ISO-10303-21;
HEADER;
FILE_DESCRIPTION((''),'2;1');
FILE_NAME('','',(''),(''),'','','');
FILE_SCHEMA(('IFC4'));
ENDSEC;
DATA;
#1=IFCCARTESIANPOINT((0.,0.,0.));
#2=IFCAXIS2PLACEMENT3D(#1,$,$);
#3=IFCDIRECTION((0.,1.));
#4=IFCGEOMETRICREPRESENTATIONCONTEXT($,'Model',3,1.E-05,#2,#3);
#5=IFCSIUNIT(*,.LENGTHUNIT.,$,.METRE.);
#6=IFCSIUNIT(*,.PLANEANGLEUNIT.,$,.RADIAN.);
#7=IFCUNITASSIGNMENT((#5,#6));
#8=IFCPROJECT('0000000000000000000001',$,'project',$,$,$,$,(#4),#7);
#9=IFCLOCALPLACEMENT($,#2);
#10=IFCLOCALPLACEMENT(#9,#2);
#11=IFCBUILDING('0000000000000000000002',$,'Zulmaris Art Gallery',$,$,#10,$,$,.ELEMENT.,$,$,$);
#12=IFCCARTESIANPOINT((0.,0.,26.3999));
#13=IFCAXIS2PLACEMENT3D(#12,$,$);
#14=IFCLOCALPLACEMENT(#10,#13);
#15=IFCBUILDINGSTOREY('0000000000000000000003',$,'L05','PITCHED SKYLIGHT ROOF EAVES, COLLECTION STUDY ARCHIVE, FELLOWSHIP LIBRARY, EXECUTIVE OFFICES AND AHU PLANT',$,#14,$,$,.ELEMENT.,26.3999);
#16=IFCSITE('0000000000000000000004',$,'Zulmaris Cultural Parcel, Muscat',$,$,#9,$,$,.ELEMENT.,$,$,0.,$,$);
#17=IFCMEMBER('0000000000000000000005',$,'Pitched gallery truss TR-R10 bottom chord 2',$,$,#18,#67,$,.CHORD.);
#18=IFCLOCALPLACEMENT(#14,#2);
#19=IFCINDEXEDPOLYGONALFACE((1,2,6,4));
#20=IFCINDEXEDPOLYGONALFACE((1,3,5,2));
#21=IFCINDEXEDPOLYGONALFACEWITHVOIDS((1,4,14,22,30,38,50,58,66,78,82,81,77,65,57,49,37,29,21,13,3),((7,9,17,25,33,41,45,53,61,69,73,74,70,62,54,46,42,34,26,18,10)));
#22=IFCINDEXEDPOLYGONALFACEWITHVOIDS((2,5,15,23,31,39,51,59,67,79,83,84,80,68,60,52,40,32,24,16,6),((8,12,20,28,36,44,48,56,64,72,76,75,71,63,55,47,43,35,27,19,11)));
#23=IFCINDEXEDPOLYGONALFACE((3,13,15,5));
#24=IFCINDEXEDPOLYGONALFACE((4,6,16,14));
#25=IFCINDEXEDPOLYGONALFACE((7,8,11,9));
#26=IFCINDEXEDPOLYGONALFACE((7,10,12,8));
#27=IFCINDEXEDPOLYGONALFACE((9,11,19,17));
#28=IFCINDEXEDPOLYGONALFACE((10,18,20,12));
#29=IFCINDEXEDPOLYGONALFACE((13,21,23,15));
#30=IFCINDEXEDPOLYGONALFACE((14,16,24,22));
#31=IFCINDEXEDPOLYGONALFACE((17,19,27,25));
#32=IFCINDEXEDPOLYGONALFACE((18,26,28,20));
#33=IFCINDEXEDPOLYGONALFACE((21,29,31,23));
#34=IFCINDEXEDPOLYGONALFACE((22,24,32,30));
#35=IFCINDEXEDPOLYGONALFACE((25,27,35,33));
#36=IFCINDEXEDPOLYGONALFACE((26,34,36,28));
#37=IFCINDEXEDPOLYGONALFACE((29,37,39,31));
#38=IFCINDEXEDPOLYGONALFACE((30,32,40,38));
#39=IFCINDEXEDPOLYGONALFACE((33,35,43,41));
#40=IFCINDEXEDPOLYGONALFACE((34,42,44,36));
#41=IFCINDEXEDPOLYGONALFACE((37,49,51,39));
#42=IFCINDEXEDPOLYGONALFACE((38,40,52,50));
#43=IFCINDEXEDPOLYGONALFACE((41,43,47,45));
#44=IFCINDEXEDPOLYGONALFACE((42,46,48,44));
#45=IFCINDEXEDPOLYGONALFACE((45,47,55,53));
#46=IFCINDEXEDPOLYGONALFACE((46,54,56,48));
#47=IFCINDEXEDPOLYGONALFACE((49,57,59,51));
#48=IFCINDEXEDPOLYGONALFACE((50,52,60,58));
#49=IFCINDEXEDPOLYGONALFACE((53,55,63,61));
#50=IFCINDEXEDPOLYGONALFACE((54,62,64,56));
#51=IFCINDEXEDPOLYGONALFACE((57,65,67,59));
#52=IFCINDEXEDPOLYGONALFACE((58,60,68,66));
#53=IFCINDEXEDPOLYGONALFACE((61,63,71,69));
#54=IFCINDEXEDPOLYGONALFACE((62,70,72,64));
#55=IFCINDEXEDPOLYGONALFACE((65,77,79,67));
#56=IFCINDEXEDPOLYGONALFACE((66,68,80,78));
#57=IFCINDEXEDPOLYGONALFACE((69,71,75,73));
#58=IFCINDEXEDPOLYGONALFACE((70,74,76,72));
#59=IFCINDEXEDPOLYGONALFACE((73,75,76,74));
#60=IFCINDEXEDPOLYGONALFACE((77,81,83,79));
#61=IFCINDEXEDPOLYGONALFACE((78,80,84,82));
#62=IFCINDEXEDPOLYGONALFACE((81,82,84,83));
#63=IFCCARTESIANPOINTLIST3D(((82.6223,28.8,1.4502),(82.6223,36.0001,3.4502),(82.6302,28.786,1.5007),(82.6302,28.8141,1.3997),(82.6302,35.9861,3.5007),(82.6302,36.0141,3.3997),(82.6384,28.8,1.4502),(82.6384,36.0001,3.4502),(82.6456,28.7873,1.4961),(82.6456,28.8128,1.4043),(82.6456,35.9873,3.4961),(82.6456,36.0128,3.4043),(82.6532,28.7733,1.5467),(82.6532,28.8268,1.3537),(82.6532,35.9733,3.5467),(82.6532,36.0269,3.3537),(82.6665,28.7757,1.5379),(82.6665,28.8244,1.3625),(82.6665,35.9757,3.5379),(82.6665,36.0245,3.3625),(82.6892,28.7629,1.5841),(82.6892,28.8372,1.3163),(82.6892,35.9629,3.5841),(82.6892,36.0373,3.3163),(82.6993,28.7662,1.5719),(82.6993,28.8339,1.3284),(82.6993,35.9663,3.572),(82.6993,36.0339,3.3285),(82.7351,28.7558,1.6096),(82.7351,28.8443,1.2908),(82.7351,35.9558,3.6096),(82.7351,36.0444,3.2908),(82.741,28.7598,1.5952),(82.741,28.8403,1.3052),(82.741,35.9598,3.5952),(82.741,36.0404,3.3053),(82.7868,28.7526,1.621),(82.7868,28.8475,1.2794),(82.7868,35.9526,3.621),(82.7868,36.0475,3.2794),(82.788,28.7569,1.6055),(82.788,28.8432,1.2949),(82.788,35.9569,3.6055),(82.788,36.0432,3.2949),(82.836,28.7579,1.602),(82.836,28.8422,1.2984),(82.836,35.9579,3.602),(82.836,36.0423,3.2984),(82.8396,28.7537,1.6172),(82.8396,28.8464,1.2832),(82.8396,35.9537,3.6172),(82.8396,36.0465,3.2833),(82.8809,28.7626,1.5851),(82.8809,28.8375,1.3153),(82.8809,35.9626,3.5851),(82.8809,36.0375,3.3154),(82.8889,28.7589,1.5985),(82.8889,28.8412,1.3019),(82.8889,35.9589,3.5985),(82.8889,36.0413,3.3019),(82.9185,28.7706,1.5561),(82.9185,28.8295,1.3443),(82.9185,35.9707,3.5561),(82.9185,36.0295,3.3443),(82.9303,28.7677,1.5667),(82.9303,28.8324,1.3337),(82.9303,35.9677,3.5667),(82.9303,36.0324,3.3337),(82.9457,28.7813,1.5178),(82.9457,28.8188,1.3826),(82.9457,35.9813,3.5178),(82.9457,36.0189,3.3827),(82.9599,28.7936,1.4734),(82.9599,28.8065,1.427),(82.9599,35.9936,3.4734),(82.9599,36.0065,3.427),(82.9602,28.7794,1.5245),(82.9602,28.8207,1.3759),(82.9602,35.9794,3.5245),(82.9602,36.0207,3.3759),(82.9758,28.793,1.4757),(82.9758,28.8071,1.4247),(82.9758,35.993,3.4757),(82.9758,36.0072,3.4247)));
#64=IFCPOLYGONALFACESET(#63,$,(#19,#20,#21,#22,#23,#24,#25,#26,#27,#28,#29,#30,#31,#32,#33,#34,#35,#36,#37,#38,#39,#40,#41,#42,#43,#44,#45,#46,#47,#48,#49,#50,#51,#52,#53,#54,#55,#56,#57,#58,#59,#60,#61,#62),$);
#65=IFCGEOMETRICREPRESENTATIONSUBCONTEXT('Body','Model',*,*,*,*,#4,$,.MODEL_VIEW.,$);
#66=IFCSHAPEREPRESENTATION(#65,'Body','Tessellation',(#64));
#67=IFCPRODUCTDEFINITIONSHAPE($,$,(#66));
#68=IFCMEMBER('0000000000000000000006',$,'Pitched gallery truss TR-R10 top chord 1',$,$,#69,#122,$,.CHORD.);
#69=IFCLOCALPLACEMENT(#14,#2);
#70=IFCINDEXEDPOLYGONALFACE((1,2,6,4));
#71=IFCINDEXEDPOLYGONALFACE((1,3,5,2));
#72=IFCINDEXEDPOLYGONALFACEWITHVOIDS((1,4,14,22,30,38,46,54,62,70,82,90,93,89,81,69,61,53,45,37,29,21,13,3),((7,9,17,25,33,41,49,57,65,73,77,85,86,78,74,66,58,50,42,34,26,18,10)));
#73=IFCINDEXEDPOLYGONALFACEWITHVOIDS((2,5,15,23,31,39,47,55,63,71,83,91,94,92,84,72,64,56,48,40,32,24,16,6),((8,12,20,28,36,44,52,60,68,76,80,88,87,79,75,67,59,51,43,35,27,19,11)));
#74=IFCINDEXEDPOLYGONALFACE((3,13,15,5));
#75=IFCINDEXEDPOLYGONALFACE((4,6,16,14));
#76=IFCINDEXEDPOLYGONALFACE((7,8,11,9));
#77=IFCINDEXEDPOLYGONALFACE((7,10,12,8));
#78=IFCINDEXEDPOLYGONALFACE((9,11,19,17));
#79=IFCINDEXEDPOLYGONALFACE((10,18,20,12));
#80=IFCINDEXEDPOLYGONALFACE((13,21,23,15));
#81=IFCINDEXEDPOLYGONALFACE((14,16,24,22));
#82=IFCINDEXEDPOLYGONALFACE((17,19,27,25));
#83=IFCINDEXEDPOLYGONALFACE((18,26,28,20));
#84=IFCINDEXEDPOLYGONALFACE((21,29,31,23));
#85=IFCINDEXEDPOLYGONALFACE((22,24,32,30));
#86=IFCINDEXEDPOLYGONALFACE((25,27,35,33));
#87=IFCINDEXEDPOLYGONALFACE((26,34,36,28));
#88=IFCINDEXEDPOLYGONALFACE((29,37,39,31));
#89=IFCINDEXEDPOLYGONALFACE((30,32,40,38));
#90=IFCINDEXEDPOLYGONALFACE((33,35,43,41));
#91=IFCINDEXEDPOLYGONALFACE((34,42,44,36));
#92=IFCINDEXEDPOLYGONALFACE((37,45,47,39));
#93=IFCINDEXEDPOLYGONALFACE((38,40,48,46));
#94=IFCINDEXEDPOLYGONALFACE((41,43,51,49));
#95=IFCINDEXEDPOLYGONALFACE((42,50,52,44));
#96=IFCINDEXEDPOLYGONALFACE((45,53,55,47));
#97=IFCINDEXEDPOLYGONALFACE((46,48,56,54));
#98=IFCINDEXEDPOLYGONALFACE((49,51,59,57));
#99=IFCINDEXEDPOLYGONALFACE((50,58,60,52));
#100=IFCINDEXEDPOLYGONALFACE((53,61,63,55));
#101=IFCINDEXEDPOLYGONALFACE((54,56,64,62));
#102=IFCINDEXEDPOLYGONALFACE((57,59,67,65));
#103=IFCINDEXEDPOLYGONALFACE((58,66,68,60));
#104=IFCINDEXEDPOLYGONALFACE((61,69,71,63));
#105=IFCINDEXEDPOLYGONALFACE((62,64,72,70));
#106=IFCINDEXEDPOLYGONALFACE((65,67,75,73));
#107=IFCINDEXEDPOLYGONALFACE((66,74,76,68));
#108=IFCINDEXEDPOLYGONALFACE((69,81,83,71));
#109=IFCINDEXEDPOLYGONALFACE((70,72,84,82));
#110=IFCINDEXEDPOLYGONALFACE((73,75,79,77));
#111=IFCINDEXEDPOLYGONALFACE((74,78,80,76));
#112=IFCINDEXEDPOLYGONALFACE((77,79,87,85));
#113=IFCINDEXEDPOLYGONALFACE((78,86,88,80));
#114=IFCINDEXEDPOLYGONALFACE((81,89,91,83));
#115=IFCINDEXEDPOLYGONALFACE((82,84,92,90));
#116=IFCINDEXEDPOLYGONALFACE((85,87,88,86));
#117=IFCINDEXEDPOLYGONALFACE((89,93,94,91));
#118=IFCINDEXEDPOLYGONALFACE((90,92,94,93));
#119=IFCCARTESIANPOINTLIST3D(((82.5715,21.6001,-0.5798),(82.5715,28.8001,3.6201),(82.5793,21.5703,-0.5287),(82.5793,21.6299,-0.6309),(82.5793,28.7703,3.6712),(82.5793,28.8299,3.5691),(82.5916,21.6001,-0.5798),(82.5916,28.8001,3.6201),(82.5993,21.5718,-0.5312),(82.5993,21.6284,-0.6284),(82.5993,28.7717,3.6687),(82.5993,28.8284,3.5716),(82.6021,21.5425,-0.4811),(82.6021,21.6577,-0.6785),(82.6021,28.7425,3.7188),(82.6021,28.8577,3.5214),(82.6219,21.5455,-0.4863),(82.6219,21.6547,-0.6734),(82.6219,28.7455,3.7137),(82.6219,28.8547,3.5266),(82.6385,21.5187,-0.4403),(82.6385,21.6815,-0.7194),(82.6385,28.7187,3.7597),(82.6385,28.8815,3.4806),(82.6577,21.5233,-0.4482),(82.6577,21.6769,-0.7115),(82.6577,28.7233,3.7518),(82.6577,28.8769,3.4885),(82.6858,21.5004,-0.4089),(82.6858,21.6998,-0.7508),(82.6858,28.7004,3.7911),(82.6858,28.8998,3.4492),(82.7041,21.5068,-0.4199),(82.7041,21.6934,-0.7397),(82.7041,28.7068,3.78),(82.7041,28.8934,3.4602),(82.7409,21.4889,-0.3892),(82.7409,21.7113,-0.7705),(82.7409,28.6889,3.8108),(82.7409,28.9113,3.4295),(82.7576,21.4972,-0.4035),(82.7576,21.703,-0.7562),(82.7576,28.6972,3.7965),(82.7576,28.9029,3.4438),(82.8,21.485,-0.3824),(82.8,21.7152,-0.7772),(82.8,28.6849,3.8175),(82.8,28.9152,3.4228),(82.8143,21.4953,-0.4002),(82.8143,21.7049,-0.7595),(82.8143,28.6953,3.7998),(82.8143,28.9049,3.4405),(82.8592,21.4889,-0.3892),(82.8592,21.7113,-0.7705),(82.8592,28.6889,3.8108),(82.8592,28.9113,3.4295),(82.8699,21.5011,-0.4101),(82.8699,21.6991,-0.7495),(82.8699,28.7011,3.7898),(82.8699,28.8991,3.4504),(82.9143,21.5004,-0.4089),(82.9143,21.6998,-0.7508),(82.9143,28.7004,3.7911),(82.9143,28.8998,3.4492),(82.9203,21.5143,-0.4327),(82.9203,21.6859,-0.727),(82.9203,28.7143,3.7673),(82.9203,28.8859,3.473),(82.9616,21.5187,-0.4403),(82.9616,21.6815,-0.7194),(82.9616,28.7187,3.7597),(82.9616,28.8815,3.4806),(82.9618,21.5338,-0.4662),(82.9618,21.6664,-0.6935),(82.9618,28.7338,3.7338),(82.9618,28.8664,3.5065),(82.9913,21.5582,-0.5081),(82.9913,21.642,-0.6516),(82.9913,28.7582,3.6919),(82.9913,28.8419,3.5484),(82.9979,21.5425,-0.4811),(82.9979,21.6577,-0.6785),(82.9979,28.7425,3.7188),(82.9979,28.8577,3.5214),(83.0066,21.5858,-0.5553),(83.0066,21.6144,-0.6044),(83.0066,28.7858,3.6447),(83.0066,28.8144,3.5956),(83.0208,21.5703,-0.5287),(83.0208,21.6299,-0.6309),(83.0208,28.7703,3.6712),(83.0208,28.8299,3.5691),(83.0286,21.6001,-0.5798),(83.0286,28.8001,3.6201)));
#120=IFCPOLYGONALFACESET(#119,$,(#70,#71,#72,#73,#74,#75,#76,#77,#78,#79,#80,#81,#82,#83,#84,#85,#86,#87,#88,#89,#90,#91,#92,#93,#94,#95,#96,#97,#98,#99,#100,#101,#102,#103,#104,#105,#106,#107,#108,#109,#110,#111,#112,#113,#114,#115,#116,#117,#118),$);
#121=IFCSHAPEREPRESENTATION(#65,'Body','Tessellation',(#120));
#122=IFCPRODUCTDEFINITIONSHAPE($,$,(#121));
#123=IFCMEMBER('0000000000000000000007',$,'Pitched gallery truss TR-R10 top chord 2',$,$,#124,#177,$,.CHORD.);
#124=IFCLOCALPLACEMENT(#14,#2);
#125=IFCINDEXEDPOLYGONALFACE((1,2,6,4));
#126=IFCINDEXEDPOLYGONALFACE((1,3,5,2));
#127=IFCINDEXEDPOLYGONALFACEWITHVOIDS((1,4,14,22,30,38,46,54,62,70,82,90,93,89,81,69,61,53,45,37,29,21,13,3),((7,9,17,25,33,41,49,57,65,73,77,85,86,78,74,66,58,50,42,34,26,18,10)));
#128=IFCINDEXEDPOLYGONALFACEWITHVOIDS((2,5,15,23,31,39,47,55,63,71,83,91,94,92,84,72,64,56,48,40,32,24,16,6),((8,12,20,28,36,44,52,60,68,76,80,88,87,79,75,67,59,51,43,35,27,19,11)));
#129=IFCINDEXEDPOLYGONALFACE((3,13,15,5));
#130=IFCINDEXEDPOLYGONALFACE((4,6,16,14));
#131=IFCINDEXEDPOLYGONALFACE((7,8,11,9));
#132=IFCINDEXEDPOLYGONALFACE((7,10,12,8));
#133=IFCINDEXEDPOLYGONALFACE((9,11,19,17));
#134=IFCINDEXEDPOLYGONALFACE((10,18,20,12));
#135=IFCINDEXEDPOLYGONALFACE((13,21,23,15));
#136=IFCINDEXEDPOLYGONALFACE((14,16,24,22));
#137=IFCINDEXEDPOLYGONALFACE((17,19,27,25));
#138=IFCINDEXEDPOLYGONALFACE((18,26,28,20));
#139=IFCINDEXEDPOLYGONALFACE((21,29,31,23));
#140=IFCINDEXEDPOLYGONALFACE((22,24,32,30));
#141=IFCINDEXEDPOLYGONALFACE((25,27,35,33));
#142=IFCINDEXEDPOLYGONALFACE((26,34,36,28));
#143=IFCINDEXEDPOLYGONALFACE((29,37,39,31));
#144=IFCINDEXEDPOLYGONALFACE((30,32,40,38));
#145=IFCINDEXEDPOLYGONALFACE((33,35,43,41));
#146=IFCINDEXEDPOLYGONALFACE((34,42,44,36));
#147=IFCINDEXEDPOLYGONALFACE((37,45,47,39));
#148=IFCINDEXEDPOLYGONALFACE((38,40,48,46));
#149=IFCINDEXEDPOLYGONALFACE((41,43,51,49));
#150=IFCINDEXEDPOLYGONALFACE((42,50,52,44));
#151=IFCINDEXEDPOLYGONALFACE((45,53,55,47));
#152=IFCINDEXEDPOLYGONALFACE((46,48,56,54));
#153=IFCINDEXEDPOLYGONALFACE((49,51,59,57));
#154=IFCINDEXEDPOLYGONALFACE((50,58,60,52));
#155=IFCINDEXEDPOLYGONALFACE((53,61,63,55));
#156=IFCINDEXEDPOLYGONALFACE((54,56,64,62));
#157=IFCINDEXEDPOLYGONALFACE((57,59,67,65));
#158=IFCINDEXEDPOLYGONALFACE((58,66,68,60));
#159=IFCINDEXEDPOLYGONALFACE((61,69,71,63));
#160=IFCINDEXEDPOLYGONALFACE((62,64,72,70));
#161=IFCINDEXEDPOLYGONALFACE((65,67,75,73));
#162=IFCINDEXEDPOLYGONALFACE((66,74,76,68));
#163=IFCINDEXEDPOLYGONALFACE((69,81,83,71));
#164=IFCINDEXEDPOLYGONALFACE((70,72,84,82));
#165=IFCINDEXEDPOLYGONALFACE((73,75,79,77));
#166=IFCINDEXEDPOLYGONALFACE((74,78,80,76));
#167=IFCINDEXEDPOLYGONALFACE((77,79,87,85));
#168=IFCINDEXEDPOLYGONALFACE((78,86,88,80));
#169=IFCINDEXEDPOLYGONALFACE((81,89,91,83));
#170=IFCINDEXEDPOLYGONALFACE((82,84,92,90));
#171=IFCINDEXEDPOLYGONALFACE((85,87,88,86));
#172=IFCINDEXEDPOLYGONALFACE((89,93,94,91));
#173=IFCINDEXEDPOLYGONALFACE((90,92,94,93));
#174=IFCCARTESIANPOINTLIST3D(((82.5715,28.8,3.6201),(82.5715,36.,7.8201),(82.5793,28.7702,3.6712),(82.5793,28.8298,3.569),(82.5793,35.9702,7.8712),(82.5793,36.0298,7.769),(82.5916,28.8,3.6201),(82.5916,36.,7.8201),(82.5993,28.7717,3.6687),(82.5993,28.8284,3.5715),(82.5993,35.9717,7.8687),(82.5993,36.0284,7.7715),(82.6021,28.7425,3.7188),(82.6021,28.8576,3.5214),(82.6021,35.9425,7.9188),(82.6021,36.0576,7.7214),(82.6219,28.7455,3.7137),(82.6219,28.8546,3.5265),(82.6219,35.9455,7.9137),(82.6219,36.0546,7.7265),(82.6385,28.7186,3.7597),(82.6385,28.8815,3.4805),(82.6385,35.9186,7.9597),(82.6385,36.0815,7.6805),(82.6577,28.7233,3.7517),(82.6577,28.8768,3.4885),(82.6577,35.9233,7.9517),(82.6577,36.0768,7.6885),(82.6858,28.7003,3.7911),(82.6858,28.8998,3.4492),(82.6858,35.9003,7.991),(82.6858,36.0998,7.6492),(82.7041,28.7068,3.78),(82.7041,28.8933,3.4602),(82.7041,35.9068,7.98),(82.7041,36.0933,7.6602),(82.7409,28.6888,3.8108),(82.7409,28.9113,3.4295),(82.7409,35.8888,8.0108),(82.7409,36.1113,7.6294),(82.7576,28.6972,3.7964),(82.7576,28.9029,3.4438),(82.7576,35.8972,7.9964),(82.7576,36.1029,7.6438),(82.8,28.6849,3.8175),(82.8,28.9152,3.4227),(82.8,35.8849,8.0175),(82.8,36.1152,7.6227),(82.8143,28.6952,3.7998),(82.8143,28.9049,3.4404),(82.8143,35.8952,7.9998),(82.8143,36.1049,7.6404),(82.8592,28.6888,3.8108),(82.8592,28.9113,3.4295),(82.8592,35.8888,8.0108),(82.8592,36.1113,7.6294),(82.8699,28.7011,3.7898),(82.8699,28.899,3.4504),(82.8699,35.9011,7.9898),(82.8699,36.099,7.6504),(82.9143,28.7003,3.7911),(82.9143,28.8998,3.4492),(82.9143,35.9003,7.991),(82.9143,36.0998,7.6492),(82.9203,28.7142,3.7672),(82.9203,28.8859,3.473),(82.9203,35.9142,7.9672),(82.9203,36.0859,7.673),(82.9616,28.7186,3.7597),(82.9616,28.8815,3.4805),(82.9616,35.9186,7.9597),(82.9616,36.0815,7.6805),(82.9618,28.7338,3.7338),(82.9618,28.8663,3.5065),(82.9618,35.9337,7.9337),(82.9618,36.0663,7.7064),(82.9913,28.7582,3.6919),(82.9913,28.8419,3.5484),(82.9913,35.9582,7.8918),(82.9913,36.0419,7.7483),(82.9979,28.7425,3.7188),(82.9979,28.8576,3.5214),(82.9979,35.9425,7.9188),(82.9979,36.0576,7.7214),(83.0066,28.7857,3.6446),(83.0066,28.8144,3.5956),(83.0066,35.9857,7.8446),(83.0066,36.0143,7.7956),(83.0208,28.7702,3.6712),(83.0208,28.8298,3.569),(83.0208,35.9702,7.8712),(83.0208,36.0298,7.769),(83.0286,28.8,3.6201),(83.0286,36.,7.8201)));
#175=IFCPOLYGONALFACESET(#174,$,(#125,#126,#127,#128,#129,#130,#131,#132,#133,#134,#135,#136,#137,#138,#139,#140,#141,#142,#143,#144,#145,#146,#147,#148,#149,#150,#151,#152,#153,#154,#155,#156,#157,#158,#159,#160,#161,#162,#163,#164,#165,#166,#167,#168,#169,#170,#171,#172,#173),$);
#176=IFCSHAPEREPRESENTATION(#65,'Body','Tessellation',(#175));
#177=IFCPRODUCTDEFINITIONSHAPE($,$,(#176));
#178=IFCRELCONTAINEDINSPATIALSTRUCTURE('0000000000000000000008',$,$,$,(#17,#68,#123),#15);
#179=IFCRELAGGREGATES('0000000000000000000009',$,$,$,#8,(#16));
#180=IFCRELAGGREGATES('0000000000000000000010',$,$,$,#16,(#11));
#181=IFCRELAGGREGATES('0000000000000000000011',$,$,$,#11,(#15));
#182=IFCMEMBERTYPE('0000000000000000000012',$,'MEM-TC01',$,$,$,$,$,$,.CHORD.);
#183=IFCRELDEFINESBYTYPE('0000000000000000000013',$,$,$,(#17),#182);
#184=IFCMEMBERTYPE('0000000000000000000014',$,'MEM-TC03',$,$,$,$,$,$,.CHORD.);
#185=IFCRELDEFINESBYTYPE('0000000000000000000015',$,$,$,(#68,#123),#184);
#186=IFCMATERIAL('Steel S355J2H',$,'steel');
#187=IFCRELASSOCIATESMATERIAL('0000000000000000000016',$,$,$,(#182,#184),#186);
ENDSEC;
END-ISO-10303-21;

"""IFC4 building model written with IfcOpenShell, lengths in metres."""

from ifc_helpers import new_model, si_unit, direction, frame, origin, origin_2d, place, context, subcontext, project, spatial, hollow_circle, extrude, material, material_profile, profile_set, type_object, element, save


model = new_model("IFC4")

# Units and contexts
model_context = context("Model", 3, precision=1e-05, world=origin(), true_north=direction((0.0, 1.0)))
body_context = subcontext(model_context, "Body", "Model", "MODEL_VIEW")
ifc_project = project(units=[si_unit("LENGTHUNIT", "METRE"), si_unit("PLANEANGLEUNIT", "RADIAN")], contexts=[model_context])

# Site, building, storey
site_placement = place(None, origin())
site = spatial("IfcSite", under=ifc_project, at=site_placement, Name="Zulmaris Cultural Parcel, Muscat", CompositionType="ELEMENT", RefElevation=0.0)
building_placement = place(site_placement, origin())
building = spatial("IfcBuilding", under=site, at=building_placement, Name="Zulmaris Art Gallery", CompositionType="ELEMENT")
storey_placement = place(building_placement, frame((0.0, 0.0, 26.3999)))
storey = spatial("IfcBuildingStorey", under=building, at=storey_placement, Name="L05", Description="PITCHED SKYLIGHT ROOF EAVES, COLLECTION STUDY ARCHIVE, FELLOWSHIP LIBRARY, EXECUTIVE OFFICES AND AHU PLANT", CompositionType="ELEMENT", Elevation=26.3999)

# Members
ifc_material_1 = material(Name="Steel S355J2H", Category="steel")
ifc_material_profile_1 = material_profile(ifc_material_1, hollow_circle(Radius=0.1777, WallThickness=0.0161, at=origin_2d()), Name="CHS 355.6x16")
ifc_profile_set_1 = profile_set([ifc_material_profile_1], Name="Steel S355J2H")
member_type_1 = type_object("IfcMemberType", Name="MEM-TC01", PredefinedType="CHORD", material=ifc_profile_set_1)
for number, where, z_axis, x_axis, name in (
    (1, (82.8, 28.8, 1.4502), (0.0, 0.963517, 0.267646), (-1.0, 0.0, 0.0), "Pitched gallery truss TR-R10 bottom chord 2"),
):
    element("IfcMember", number, at=place(storey_placement, frame(where, z_axis=z_axis, x_axis=x_axis)), inside=storey, type_object=member_type_1, Name=name, PredefinedType="CHORD", context=body_context, shape_type="SweptSolid", body=[
        extrude(hollow_circle(Radius=0.1777, WallThickness=0.0161, at=origin_2d()), origin(), (0.0, 0.0, 1.0), 7.4727),
    ])
ifc_material_profile_2 = material_profile(ifc_material_1, hollow_circle(Radius=0.2285, WallThickness=0.02, at=origin_2d()), Name="CHS 457x20")
ifc_profile_set_2 = profile_set([ifc_material_profile_2], Name="Steel S355J2H")
member_type_2 = type_object("IfcMemberType", Name="MEM-TC03", PredefinedType="CHORD", material=ifc_profile_set_2)
for number, where, z_axis, x_axis, name in (
    (2, (82.8, 21.6001, -0.5798), (0.0, 0.86378, 0.503869), (-1.0, 0.0, 0.0), "Pitched gallery truss TR-R10 top chord 1"),
    (3, (82.8, 28.8, 3.6201), (0.0, 0.86378, 0.503869), (-1.0, 0.0, 0.0), "Pitched gallery truss TR-R10 top chord 2"),
):
    element("IfcMember", number, at=place(storey_placement, frame(where, z_axis=z_axis, x_axis=x_axis)), inside=storey, type_object=member_type_2, Name=name, PredefinedType="CHORD", context=body_context, shape_type="SweptSolid", body=[
        extrude(hollow_circle(Radius=0.2285, WallThickness=0.02, at=origin_2d()), origin(), (0.0, 0.0, 1.0), 8.3354),
    ])

save(model, "model.ifc")
